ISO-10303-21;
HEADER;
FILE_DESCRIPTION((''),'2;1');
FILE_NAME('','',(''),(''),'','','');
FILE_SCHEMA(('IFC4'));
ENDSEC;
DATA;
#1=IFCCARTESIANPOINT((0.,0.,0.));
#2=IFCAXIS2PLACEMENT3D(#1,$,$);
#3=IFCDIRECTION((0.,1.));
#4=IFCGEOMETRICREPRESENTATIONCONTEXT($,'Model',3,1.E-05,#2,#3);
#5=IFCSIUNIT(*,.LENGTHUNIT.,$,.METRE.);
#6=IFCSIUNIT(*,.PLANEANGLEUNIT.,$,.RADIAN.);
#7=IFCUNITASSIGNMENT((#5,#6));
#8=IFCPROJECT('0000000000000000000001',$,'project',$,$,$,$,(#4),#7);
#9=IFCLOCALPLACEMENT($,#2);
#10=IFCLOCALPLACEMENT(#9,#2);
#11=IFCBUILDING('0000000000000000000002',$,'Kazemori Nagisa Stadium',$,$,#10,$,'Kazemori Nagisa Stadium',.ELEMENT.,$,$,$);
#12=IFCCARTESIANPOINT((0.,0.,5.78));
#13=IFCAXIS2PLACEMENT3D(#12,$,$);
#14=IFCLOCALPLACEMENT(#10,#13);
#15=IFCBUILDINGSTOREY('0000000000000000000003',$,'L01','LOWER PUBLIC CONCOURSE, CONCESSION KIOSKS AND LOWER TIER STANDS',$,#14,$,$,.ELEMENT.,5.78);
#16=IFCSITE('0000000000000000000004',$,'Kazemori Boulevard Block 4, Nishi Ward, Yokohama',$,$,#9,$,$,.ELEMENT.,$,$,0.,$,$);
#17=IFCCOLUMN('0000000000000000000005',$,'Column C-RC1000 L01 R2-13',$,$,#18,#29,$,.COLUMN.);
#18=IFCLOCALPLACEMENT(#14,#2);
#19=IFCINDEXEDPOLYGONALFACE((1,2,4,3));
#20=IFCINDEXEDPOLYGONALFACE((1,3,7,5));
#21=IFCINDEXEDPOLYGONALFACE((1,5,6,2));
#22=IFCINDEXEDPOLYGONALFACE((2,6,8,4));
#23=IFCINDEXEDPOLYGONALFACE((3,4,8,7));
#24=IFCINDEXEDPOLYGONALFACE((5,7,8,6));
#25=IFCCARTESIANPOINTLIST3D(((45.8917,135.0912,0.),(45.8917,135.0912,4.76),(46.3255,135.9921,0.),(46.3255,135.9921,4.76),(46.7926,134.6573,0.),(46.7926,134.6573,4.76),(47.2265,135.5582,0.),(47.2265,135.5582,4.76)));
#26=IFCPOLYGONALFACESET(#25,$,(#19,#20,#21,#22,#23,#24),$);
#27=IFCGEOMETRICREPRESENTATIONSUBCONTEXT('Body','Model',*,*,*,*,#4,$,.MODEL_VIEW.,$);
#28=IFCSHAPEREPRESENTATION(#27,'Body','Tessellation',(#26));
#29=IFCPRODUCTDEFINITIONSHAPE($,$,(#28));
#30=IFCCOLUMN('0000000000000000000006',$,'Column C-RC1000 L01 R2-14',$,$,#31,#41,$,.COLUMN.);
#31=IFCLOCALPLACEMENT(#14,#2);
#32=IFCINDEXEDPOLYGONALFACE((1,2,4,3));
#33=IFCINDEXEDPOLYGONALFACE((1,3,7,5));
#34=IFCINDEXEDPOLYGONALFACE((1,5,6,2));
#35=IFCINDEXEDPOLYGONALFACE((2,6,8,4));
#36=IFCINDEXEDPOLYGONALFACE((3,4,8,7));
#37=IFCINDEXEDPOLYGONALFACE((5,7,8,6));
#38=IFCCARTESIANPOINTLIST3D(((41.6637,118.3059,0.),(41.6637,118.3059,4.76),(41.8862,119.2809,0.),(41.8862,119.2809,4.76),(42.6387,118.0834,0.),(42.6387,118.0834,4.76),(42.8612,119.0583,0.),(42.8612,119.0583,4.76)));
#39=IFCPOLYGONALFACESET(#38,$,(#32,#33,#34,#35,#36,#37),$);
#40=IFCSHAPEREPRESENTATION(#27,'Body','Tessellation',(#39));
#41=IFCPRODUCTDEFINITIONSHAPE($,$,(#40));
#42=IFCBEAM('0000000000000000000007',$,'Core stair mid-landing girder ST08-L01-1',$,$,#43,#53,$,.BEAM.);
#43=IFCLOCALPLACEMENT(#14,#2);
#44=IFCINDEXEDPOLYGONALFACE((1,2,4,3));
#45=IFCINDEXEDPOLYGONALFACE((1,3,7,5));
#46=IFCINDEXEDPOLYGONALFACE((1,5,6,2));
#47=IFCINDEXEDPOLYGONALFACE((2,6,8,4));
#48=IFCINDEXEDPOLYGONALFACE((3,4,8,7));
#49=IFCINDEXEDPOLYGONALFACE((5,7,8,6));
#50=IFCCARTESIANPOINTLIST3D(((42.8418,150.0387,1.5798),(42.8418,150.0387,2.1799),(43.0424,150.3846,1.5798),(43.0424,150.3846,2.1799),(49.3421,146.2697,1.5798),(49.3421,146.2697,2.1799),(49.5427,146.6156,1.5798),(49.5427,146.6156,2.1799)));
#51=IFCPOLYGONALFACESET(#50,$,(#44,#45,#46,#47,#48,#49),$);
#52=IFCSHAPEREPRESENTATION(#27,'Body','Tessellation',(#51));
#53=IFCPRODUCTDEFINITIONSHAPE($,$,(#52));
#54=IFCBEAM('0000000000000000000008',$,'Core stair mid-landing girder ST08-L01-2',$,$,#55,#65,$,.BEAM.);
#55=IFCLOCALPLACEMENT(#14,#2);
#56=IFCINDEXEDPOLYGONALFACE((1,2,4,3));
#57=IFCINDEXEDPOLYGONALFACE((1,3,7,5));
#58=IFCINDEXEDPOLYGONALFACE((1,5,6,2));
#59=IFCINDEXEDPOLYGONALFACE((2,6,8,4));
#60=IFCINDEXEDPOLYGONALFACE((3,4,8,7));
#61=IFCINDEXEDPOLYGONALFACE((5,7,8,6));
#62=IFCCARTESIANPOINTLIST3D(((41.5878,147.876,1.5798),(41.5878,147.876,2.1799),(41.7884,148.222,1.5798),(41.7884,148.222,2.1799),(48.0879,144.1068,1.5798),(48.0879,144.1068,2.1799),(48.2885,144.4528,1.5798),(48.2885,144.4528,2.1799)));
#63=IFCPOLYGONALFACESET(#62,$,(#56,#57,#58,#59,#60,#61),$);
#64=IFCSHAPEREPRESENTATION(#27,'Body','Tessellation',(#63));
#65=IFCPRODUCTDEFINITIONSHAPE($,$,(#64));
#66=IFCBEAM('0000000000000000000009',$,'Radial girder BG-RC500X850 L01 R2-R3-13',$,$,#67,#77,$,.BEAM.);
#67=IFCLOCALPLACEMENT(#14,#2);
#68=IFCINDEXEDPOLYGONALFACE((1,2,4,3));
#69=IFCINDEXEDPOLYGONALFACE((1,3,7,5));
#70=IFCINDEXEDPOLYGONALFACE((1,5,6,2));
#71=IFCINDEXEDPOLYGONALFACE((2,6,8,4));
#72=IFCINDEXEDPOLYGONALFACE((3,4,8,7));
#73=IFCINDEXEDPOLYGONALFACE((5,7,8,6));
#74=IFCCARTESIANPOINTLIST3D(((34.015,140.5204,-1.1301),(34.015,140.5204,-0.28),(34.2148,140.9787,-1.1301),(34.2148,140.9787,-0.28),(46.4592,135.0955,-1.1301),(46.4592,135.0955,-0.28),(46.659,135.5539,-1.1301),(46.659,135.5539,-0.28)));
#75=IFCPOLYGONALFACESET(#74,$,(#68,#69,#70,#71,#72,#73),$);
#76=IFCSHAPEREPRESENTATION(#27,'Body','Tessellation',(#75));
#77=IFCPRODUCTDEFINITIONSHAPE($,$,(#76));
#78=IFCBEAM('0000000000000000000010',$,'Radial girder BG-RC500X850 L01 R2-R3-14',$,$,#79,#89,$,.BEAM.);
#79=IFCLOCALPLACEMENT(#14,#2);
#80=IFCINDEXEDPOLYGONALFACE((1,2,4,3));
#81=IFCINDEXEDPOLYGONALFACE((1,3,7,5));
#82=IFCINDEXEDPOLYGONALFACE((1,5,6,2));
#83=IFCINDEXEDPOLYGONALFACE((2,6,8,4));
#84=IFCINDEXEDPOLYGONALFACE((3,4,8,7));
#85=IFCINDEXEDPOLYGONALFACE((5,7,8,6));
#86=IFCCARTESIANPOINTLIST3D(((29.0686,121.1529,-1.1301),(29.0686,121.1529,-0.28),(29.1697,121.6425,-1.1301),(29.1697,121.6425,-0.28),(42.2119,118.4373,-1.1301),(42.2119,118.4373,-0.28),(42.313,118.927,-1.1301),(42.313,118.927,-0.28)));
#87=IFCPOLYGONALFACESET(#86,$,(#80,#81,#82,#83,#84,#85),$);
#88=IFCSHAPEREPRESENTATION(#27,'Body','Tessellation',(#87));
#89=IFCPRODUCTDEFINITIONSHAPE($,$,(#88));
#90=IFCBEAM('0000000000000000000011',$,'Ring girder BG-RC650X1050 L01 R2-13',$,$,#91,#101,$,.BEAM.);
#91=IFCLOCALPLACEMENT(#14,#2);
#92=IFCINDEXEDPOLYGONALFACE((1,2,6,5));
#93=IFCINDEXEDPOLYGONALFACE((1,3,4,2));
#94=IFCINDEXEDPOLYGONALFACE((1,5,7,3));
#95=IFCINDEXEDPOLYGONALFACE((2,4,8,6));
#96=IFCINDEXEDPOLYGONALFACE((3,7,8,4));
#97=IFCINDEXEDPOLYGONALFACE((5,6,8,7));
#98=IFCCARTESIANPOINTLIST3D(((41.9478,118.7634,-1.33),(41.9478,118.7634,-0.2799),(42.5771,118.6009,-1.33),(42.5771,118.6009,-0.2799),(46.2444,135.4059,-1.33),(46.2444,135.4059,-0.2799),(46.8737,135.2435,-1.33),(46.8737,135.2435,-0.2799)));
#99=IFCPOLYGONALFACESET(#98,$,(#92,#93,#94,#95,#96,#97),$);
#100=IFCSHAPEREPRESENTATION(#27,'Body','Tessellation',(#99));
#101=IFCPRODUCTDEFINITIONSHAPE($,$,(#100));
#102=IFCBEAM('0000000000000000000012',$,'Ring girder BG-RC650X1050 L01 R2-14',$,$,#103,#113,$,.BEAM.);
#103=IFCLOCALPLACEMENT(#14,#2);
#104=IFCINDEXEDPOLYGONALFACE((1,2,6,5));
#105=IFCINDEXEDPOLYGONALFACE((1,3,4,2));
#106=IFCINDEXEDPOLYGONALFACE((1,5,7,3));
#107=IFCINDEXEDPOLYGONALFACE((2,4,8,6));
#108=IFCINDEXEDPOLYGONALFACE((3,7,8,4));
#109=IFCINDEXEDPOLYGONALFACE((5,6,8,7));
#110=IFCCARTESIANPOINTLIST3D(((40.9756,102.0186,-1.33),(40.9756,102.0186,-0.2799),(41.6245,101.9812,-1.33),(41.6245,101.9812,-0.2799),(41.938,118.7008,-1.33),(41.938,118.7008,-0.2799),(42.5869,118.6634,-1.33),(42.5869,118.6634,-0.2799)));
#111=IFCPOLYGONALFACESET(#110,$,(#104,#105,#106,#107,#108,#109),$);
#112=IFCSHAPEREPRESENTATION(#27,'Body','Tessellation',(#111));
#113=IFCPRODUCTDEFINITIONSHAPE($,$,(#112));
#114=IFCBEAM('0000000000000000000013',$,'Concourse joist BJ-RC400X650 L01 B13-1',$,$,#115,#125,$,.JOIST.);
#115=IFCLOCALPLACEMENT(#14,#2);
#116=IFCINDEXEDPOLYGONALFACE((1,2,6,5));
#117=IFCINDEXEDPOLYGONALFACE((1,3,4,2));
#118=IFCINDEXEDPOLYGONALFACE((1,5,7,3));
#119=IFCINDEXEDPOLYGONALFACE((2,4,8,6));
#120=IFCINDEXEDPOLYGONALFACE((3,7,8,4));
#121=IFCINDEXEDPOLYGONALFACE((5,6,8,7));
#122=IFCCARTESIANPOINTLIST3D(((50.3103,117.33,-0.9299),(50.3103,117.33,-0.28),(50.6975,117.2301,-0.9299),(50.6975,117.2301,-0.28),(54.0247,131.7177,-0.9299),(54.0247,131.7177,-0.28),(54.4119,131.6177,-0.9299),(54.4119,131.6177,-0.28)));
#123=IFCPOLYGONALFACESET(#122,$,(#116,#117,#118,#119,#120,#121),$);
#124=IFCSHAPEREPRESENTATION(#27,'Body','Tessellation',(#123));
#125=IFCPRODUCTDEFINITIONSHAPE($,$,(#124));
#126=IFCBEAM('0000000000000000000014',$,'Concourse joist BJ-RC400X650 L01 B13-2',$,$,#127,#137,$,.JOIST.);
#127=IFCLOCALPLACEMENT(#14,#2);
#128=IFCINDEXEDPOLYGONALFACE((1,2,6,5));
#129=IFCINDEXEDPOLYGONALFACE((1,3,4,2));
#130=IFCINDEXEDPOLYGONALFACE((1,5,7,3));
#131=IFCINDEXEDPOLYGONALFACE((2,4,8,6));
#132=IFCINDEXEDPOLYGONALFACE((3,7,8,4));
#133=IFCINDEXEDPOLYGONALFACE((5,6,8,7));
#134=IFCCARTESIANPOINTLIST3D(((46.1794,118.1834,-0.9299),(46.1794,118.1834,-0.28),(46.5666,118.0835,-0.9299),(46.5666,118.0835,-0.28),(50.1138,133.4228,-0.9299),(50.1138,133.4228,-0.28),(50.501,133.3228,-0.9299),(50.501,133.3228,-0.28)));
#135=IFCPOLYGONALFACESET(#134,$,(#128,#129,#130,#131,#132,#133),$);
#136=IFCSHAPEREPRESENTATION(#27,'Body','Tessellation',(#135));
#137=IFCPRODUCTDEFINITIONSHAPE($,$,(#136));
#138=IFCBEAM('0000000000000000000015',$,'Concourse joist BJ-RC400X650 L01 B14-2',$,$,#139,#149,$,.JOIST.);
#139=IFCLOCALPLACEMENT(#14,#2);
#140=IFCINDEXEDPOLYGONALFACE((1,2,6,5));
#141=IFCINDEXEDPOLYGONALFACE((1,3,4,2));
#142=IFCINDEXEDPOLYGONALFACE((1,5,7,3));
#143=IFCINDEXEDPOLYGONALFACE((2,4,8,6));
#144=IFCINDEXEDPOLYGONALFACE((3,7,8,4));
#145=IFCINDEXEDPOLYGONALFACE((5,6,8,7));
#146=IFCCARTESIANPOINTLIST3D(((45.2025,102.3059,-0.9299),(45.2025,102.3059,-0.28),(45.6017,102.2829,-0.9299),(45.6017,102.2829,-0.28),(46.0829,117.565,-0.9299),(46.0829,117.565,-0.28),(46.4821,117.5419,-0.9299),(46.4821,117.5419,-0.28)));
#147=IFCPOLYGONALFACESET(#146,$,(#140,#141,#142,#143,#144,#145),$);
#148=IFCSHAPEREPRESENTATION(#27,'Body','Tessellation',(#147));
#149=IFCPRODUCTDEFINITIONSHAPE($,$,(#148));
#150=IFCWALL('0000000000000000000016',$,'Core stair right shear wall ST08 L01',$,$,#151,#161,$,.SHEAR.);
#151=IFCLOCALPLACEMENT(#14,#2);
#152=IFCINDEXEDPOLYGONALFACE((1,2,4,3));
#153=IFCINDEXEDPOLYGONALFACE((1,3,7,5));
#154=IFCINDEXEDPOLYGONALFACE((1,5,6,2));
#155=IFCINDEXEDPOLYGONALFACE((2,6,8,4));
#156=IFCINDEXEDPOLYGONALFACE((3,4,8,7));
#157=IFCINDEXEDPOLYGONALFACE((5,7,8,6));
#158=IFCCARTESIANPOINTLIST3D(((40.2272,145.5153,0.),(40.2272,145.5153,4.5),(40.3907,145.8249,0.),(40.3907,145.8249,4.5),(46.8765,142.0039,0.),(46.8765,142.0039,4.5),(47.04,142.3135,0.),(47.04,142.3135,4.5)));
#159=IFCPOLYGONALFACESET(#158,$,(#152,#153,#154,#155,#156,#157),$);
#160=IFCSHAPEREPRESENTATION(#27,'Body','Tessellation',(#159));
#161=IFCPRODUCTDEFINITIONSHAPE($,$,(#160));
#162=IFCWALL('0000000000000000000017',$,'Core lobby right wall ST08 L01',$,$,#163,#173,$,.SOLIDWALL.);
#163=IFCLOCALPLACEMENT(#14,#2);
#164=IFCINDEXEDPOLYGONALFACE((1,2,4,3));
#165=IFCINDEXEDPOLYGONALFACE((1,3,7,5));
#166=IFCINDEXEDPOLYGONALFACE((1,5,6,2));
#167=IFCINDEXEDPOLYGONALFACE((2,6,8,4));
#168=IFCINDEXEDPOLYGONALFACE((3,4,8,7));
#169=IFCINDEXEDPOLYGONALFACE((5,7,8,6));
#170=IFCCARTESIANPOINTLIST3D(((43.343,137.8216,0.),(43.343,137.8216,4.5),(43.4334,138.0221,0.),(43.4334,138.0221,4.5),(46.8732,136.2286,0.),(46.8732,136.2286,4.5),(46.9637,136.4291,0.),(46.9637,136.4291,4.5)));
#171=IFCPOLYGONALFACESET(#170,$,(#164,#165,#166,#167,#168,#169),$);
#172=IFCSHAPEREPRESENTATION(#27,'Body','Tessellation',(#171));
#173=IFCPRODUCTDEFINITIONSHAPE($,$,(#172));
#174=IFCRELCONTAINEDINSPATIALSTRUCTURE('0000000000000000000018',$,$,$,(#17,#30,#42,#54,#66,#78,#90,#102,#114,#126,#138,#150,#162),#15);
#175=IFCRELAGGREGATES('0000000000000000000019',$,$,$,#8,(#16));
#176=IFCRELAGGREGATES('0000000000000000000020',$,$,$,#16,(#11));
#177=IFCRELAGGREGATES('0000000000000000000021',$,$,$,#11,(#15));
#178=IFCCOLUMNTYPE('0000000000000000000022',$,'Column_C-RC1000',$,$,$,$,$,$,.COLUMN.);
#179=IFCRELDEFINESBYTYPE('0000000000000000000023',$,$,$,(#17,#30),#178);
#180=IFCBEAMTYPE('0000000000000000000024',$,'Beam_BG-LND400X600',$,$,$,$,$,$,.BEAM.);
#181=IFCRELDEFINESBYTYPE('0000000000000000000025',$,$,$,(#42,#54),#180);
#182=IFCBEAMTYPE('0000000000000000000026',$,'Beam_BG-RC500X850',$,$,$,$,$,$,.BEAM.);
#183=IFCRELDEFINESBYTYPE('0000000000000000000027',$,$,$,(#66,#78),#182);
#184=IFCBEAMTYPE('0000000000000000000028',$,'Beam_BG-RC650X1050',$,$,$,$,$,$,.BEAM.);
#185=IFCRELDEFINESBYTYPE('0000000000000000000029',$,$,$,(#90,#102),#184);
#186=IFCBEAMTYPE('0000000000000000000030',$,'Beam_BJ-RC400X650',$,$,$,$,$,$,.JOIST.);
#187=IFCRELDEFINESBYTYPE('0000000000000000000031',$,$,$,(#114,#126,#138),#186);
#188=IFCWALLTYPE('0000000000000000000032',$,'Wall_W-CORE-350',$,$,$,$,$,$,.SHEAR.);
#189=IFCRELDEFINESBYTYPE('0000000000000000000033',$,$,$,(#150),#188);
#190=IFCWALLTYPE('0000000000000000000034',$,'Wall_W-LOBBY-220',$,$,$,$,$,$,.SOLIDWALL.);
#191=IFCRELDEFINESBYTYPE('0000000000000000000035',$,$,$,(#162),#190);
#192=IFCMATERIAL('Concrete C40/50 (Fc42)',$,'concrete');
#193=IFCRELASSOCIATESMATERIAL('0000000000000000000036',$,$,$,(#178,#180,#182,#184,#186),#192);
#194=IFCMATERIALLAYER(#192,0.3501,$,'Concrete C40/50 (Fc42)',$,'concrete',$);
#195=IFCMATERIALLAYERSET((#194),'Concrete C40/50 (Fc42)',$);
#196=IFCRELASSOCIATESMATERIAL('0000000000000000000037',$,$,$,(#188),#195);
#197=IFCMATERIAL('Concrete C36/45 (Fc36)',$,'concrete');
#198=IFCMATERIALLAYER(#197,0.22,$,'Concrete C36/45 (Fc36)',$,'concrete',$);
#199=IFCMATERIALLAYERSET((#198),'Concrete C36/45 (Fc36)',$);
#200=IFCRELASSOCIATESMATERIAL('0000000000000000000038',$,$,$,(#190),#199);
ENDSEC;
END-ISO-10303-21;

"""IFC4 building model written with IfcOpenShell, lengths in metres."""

from ifc_helpers import new_model, si_unit, direction, frame, frame_2d, origin, origin_2d, place, context, subcontext, project, spatial, rectangle, extrude, material, layer, layer_set, material_profile, profile_set, type_object, element, save


model = new_model("IFC4")

# Units and contexts
model_context = context("Model", 3, precision=1e-05, world=origin(), true_north=direction((0.0, 1.0)))
body_context = subcontext(model_context, "Body", "Model", "MODEL_VIEW")
ifc_project = project(units=[si_unit("LENGTHUNIT", "METRE"), si_unit("PLANEANGLEUNIT", "RADIAN")], contexts=[model_context])

# Site, building, storey
site_placement = place(None, origin())
site = spatial("IfcSite", under=ifc_project, at=site_placement, Name="Kazemori Boulevard Block 4, Nishi Ward, Yokohama", CompositionType="ELEMENT", RefElevation=0.0)
building_placement = place(site_placement, origin())
building = spatial("IfcBuilding", under=site, at=building_placement, Name="Kazemori Nagisa Stadium", LongName="Kazemori Nagisa Stadium", CompositionType="ELEMENT")
storey_placement = place(building_placement, frame((0.0, 0.0, 5.78)))
storey = spatial("IfcBuildingStorey", under=building, at=storey_placement, Name="L01", Description="LOWER PUBLIC CONCOURSE, CONCESSION KIOSKS AND LOWER TIER STANDS", CompositionType="ELEMENT", Elevation=5.78)

# Columns
ifc_material_1 = material(Name="Concrete C40/50 (Fc42)", Category="concrete")
ifc_material_profile_1 = material_profile(ifc_material_1, rectangle(XDim=1.0, YDim=1.0, at=origin_2d()), Name="RC-COL-1000x1000")
ifc_profile_set_1 = profile_set([ifc_material_profile_1], Name="Concrete C40/50 (Fc42)")
column_type = type_object("IfcColumnType", Name="Column_C-RC1000", PredefinedType="COLUMN", material=ifc_profile_set_1)
for number, where, z_axis, x_axis, name in (
    (1, (46.5591, 135.3247, 0.0), (0.0, 0.0, 1.0), (-0.900969, 0.433884, 0.0), "Column C-RC1000 L01 R2-13"),
    (2, (42.2625, 118.6821, 0.0), (0.0, 0.0, 1.0), (-0.974928, 0.222521, 0.0), "Column C-RC1000 L01 R2-14"),
):
    element("IfcColumn", number, at=place(storey_placement, frame(where, z_axis=z_axis, x_axis=x_axis)), inside=storey, type_object=column_type, Name=name, PredefinedType="COLUMN", context=body_context, shape_type="SweptSolid", body=[
        extrude(rectangle(XDim=1.0, YDim=1.0, at=origin_2d()), origin(), (0.0, 0.0, 1.0), 4.76),
    ])

# Beams
ifc_material_profile_2 = material_profile(ifc_material_1, rectangle(XDim=0.3999, YDim=0.6001, at=origin_2d()), Name="RC-BM-400x600")
ifc_profile_set_2 = profile_set([ifc_material_profile_2], Name="Concrete C40/50 (Fc42)")
beam_type_1 = type_object("IfcBeamType", Name="Beam_BG-LND400X600", PredefinedType="BEAM", material=ifc_profile_set_2)
for number, where, z_axis, x_axis, name in (
    (3, (49.4424, 146.4426, 1.8799), (-0.865095, 0.501609, 0.0), (-0.501609, -0.865095, 0.0), "Core stair mid-landing girder ST08-L01-1"),
    (4, (48.1882, 144.2798, 1.8799), (-0.865081, 0.501633, 0.0), (-0.501633, -0.865081, 0.0), "Core stair mid-landing girder ST08-L01-2"),
):
    element("IfcBeam", number, at=place(storey_placement, frame(where, z_axis=z_axis, x_axis=x_axis)), inside=storey, type_object=beam_type_1, Name=name, PredefinedType="BEAM", context=body_context, shape_type="SweptSolid", body=[
        extrude(rectangle(XDim=0.3999, YDim=0.6001, at=origin_2d()), origin(), (0.0, 0.0, 1.0), 7.5139),
    ])
ifc_material_profile_3 = material_profile(ifc_material_1, rectangle(XDim=0.5, YDim=0.8501, at=origin_2d()), Name="RC-BM-500x850")
ifc_profile_set_3 = profile_set([ifc_material_profile_3], Name="Concrete C40/50 (Fc42)")
beam_type_2 = type_object("IfcBeamType", Name="Beam_BG-RC500X850", PredefinedType="BEAM", material=ifc_profile_set_3)
beam_1_placement = place(storey_placement, frame((46.5591, 135.3247, -0.7051), z_axis=(-0.916684, 0.399614, 0.0), x_axis=(-0.399614, -0.916684, 0.0)))
element("IfcBeam", 5, at=beam_1_placement, inside=storey, type_object=beam_type_2, Name="Radial girder BG-RC500X850 L01 R2-R3-13", PredefinedType="BEAM", context=body_context, shape_type="SweptSolid", body=[
    extrude(rectangle(XDim=0.5, YDim=0.8501, at=origin_2d()), origin(), (0.0, 0.0, 1.0), 13.5752),
])
beam_2_placement = place(storey_placement, frame((42.2625, 118.6821, -0.7051), z_axis=(-0.979316, 0.202339, 0.0), x_axis=(-0.202339, -0.979316, 0.0)))
element("IfcBeam", 6, at=beam_2_placement, inside=storey, type_object=beam_type_2, Name="Radial girder BG-RC500X850 L01 R2-R3-14", PredefinedType="BEAM", context=body_context, shape_type="SweptSolid", body=[
    extrude(rectangle(XDim=0.5, YDim=0.8501, at=origin_2d()), origin(), (0.0, 0.0, 1.0), 13.4209),
])
ifc_material_profile_4 = material_profile(ifc_material_1, rectangle(XDim=0.6499, YDim=1.05, at=origin_2d()), Name="RC-BM-650x1050")
ifc_profile_set_4 = profile_set([ifc_material_profile_4], Name="Concrete C40/50 (Fc42)")
beam_type_3 = type_object("IfcBeamType", Name="Beam_BG-RC650X1050", PredefinedType="BEAM", material=ifc_profile_set_4)
beam_3_placement = place(storey_placement, frame((46.5591, 135.3247, -0.8049), z_axis=(-0.249975, -0.968252, 0.0), x_axis=(0.968252, -0.249975, 0.0)))
element("IfcBeam", 7, at=beam_3_placement, inside=storey, type_object=beam_type_3, Name="Ring girder BG-RC650X1050 L01 R2-13", PredefinedType="BEAM", context=body_context, shape_type="SweptSolid", body=[
    extrude(rectangle(XDim=0.6499, YDim=1.05, at=origin_2d()), origin(), (0.0, 0.0, 1.0), 17.1882),
])
beam_4_placement = place(storey_placement, frame((42.2625, 118.6821, -0.8049), z_axis=(-0.057595, -0.99834, 0.0), x_axis=(0.99834, -0.057595, 0.0)))
element("IfcBeam", 8, at=beam_4_placement, inside=storey, type_object=beam_type_3, Name="Ring girder BG-RC650X1050 L01 R2-14", PredefinedType="BEAM", context=body_context, shape_type="SweptSolid", body=[
    extrude(rectangle(XDim=0.6499, YDim=1.05, at=origin_2d()), origin(), (0.0, 0.0, 1.0), 16.71),
])
ifc_material_profile_5 = material_profile(ifc_material_1, rectangle(XDim=0.3999, YDim=0.6499, at=origin_2d()), Name="RC-BM-400x650")
ifc_profile_set_5 = profile_set([ifc_material_profile_5], Name="Concrete C40/50 (Fc42)")
beam_type_4 = type_object("IfcBeamType", Name="Beam_BJ-RC400X650", PredefinedType="JOIST", material=ifc_profile_set_5)
beam_5_placement = place(storey_placement, frame((54.2183, 131.6677, -0.605), z_axis=(-0.249966, -0.968254, 0.0), x_axis=(0.968254, -0.249966, 0.0)))
element("IfcBeam", 9, at=beam_5_placement, inside=storey, type_object=beam_type_4, Name="Concourse joist BJ-RC400X650 L01 B13-1", PredefinedType="JOIST", context=body_context, shape_type="SweptSolid", body=[
    extrude(rectangle(XDim=0.3999, YDim=0.6499, at=origin_2d()), origin(), (0.0, 0.0, 1.0), 14.8594),
])
beam_6_placement = place(storey_placement, frame((50.3074, 133.3728, -0.605), z_axis=(-0.249974, -0.968252, 0.0), x_axis=(0.968252, -0.249974, 0.0)))
element("IfcBeam", 10, at=beam_6_placement, inside=storey, type_object=beam_type_4, Name="Concourse joist BJ-RC400X650 L01 B13-2", PredefinedType="JOIST", context=body_context, shape_type="SweptSolid", body=[
    extrude(rectangle(XDim=0.3999, YDim=0.6499, at=origin_2d()), origin(), (0.0, 0.0, 1.0), 15.739),
])
beam_7_placement = place(storey_placement, frame((46.2825, 117.5535, -0.605), z_axis=(-0.057599, -0.99834, 0.0), x_axis=(0.99834, -0.057599, 0.0)))
element("IfcBeam", 11, at=beam_7_placement, inside=storey, type_object=beam_type_4, Name="Concourse joist BJ-RC400X650 L01 B14-2", PredefinedType="JOIST", context=body_context, shape_type="SweptSolid", body=[
    extrude(rectangle(XDim=0.3999, YDim=0.6499, at=origin_2d()), origin(), (0.0, 0.0, 1.0), 15.2844),
])

# Walls
ifc_layer_1 = layer(ifc_material_1, 0.3501, Name="Concrete C40/50 (Fc42)", Category="concrete")
ifc_layer_set_1 = layer_set([ifc_layer_1], Name="Concrete C40/50 (Fc42)")
wall_type_1 = type_object("IfcWallType", Name="Wall_W-CORE-350", PredefinedType="SHEAR", material=ifc_layer_set_1)
wall_1_placement = place(storey_placement, frame((46.9583, 142.1587, 0.0), z_axis=(0.0, 0.0, 1.0), x_axis=(-0.884272, 0.466973, 0.0)))
element("IfcWall", 12, at=wall_1_placement, inside=storey, type_object=wall_type_1, Name="Core stair right shear wall ST08 L01", PredefinedType="SHEAR", context=body_context, shape_type="SweptSolid", body=[
    extrude(rectangle(XDim=7.5195, YDim=0.3501, at=frame_2d((3.7598, 0.0))), origin(), (0.0, 0.0, 1.0), 4.5),
])
ifc_material_2 = material(Name="Concrete C36/45 (Fc36)", Category="concrete")
ifc_layer_2 = layer(ifc_material_2, 0.22, Name="Concrete C36/45 (Fc36)", Category="concrete")
ifc_layer_set_2 = layer_set([ifc_layer_2], Name="Concrete C36/45 (Fc36)")
wall_type_2 = type_object("IfcWallType", Name="Wall_W-LOBBY-220", PredefinedType="SOLIDWALL", material=ifc_layer_set_2)
wall_2_placement = place(storey_placement, frame((46.9185, 136.3289, 0.0), z_axis=(0.0, 0.0, 1.0), x_axis=(-0.911496, 0.411308, 0.0)))
element("IfcWall", 13, at=wall_2_placement, inside=storey, type_object=wall_type_2, Name="Core lobby right wall ST08 L01", PredefinedType="SOLIDWALL", context=body_context, shape_type="SweptSolid", body=[
    extrude(rectangle(XDim=3.873, YDim=0.22, at=frame_2d((1.9365, 0.0))), origin(), (0.0, 0.0, 1.0), 4.5),
])

save(model, "model.ifc")
